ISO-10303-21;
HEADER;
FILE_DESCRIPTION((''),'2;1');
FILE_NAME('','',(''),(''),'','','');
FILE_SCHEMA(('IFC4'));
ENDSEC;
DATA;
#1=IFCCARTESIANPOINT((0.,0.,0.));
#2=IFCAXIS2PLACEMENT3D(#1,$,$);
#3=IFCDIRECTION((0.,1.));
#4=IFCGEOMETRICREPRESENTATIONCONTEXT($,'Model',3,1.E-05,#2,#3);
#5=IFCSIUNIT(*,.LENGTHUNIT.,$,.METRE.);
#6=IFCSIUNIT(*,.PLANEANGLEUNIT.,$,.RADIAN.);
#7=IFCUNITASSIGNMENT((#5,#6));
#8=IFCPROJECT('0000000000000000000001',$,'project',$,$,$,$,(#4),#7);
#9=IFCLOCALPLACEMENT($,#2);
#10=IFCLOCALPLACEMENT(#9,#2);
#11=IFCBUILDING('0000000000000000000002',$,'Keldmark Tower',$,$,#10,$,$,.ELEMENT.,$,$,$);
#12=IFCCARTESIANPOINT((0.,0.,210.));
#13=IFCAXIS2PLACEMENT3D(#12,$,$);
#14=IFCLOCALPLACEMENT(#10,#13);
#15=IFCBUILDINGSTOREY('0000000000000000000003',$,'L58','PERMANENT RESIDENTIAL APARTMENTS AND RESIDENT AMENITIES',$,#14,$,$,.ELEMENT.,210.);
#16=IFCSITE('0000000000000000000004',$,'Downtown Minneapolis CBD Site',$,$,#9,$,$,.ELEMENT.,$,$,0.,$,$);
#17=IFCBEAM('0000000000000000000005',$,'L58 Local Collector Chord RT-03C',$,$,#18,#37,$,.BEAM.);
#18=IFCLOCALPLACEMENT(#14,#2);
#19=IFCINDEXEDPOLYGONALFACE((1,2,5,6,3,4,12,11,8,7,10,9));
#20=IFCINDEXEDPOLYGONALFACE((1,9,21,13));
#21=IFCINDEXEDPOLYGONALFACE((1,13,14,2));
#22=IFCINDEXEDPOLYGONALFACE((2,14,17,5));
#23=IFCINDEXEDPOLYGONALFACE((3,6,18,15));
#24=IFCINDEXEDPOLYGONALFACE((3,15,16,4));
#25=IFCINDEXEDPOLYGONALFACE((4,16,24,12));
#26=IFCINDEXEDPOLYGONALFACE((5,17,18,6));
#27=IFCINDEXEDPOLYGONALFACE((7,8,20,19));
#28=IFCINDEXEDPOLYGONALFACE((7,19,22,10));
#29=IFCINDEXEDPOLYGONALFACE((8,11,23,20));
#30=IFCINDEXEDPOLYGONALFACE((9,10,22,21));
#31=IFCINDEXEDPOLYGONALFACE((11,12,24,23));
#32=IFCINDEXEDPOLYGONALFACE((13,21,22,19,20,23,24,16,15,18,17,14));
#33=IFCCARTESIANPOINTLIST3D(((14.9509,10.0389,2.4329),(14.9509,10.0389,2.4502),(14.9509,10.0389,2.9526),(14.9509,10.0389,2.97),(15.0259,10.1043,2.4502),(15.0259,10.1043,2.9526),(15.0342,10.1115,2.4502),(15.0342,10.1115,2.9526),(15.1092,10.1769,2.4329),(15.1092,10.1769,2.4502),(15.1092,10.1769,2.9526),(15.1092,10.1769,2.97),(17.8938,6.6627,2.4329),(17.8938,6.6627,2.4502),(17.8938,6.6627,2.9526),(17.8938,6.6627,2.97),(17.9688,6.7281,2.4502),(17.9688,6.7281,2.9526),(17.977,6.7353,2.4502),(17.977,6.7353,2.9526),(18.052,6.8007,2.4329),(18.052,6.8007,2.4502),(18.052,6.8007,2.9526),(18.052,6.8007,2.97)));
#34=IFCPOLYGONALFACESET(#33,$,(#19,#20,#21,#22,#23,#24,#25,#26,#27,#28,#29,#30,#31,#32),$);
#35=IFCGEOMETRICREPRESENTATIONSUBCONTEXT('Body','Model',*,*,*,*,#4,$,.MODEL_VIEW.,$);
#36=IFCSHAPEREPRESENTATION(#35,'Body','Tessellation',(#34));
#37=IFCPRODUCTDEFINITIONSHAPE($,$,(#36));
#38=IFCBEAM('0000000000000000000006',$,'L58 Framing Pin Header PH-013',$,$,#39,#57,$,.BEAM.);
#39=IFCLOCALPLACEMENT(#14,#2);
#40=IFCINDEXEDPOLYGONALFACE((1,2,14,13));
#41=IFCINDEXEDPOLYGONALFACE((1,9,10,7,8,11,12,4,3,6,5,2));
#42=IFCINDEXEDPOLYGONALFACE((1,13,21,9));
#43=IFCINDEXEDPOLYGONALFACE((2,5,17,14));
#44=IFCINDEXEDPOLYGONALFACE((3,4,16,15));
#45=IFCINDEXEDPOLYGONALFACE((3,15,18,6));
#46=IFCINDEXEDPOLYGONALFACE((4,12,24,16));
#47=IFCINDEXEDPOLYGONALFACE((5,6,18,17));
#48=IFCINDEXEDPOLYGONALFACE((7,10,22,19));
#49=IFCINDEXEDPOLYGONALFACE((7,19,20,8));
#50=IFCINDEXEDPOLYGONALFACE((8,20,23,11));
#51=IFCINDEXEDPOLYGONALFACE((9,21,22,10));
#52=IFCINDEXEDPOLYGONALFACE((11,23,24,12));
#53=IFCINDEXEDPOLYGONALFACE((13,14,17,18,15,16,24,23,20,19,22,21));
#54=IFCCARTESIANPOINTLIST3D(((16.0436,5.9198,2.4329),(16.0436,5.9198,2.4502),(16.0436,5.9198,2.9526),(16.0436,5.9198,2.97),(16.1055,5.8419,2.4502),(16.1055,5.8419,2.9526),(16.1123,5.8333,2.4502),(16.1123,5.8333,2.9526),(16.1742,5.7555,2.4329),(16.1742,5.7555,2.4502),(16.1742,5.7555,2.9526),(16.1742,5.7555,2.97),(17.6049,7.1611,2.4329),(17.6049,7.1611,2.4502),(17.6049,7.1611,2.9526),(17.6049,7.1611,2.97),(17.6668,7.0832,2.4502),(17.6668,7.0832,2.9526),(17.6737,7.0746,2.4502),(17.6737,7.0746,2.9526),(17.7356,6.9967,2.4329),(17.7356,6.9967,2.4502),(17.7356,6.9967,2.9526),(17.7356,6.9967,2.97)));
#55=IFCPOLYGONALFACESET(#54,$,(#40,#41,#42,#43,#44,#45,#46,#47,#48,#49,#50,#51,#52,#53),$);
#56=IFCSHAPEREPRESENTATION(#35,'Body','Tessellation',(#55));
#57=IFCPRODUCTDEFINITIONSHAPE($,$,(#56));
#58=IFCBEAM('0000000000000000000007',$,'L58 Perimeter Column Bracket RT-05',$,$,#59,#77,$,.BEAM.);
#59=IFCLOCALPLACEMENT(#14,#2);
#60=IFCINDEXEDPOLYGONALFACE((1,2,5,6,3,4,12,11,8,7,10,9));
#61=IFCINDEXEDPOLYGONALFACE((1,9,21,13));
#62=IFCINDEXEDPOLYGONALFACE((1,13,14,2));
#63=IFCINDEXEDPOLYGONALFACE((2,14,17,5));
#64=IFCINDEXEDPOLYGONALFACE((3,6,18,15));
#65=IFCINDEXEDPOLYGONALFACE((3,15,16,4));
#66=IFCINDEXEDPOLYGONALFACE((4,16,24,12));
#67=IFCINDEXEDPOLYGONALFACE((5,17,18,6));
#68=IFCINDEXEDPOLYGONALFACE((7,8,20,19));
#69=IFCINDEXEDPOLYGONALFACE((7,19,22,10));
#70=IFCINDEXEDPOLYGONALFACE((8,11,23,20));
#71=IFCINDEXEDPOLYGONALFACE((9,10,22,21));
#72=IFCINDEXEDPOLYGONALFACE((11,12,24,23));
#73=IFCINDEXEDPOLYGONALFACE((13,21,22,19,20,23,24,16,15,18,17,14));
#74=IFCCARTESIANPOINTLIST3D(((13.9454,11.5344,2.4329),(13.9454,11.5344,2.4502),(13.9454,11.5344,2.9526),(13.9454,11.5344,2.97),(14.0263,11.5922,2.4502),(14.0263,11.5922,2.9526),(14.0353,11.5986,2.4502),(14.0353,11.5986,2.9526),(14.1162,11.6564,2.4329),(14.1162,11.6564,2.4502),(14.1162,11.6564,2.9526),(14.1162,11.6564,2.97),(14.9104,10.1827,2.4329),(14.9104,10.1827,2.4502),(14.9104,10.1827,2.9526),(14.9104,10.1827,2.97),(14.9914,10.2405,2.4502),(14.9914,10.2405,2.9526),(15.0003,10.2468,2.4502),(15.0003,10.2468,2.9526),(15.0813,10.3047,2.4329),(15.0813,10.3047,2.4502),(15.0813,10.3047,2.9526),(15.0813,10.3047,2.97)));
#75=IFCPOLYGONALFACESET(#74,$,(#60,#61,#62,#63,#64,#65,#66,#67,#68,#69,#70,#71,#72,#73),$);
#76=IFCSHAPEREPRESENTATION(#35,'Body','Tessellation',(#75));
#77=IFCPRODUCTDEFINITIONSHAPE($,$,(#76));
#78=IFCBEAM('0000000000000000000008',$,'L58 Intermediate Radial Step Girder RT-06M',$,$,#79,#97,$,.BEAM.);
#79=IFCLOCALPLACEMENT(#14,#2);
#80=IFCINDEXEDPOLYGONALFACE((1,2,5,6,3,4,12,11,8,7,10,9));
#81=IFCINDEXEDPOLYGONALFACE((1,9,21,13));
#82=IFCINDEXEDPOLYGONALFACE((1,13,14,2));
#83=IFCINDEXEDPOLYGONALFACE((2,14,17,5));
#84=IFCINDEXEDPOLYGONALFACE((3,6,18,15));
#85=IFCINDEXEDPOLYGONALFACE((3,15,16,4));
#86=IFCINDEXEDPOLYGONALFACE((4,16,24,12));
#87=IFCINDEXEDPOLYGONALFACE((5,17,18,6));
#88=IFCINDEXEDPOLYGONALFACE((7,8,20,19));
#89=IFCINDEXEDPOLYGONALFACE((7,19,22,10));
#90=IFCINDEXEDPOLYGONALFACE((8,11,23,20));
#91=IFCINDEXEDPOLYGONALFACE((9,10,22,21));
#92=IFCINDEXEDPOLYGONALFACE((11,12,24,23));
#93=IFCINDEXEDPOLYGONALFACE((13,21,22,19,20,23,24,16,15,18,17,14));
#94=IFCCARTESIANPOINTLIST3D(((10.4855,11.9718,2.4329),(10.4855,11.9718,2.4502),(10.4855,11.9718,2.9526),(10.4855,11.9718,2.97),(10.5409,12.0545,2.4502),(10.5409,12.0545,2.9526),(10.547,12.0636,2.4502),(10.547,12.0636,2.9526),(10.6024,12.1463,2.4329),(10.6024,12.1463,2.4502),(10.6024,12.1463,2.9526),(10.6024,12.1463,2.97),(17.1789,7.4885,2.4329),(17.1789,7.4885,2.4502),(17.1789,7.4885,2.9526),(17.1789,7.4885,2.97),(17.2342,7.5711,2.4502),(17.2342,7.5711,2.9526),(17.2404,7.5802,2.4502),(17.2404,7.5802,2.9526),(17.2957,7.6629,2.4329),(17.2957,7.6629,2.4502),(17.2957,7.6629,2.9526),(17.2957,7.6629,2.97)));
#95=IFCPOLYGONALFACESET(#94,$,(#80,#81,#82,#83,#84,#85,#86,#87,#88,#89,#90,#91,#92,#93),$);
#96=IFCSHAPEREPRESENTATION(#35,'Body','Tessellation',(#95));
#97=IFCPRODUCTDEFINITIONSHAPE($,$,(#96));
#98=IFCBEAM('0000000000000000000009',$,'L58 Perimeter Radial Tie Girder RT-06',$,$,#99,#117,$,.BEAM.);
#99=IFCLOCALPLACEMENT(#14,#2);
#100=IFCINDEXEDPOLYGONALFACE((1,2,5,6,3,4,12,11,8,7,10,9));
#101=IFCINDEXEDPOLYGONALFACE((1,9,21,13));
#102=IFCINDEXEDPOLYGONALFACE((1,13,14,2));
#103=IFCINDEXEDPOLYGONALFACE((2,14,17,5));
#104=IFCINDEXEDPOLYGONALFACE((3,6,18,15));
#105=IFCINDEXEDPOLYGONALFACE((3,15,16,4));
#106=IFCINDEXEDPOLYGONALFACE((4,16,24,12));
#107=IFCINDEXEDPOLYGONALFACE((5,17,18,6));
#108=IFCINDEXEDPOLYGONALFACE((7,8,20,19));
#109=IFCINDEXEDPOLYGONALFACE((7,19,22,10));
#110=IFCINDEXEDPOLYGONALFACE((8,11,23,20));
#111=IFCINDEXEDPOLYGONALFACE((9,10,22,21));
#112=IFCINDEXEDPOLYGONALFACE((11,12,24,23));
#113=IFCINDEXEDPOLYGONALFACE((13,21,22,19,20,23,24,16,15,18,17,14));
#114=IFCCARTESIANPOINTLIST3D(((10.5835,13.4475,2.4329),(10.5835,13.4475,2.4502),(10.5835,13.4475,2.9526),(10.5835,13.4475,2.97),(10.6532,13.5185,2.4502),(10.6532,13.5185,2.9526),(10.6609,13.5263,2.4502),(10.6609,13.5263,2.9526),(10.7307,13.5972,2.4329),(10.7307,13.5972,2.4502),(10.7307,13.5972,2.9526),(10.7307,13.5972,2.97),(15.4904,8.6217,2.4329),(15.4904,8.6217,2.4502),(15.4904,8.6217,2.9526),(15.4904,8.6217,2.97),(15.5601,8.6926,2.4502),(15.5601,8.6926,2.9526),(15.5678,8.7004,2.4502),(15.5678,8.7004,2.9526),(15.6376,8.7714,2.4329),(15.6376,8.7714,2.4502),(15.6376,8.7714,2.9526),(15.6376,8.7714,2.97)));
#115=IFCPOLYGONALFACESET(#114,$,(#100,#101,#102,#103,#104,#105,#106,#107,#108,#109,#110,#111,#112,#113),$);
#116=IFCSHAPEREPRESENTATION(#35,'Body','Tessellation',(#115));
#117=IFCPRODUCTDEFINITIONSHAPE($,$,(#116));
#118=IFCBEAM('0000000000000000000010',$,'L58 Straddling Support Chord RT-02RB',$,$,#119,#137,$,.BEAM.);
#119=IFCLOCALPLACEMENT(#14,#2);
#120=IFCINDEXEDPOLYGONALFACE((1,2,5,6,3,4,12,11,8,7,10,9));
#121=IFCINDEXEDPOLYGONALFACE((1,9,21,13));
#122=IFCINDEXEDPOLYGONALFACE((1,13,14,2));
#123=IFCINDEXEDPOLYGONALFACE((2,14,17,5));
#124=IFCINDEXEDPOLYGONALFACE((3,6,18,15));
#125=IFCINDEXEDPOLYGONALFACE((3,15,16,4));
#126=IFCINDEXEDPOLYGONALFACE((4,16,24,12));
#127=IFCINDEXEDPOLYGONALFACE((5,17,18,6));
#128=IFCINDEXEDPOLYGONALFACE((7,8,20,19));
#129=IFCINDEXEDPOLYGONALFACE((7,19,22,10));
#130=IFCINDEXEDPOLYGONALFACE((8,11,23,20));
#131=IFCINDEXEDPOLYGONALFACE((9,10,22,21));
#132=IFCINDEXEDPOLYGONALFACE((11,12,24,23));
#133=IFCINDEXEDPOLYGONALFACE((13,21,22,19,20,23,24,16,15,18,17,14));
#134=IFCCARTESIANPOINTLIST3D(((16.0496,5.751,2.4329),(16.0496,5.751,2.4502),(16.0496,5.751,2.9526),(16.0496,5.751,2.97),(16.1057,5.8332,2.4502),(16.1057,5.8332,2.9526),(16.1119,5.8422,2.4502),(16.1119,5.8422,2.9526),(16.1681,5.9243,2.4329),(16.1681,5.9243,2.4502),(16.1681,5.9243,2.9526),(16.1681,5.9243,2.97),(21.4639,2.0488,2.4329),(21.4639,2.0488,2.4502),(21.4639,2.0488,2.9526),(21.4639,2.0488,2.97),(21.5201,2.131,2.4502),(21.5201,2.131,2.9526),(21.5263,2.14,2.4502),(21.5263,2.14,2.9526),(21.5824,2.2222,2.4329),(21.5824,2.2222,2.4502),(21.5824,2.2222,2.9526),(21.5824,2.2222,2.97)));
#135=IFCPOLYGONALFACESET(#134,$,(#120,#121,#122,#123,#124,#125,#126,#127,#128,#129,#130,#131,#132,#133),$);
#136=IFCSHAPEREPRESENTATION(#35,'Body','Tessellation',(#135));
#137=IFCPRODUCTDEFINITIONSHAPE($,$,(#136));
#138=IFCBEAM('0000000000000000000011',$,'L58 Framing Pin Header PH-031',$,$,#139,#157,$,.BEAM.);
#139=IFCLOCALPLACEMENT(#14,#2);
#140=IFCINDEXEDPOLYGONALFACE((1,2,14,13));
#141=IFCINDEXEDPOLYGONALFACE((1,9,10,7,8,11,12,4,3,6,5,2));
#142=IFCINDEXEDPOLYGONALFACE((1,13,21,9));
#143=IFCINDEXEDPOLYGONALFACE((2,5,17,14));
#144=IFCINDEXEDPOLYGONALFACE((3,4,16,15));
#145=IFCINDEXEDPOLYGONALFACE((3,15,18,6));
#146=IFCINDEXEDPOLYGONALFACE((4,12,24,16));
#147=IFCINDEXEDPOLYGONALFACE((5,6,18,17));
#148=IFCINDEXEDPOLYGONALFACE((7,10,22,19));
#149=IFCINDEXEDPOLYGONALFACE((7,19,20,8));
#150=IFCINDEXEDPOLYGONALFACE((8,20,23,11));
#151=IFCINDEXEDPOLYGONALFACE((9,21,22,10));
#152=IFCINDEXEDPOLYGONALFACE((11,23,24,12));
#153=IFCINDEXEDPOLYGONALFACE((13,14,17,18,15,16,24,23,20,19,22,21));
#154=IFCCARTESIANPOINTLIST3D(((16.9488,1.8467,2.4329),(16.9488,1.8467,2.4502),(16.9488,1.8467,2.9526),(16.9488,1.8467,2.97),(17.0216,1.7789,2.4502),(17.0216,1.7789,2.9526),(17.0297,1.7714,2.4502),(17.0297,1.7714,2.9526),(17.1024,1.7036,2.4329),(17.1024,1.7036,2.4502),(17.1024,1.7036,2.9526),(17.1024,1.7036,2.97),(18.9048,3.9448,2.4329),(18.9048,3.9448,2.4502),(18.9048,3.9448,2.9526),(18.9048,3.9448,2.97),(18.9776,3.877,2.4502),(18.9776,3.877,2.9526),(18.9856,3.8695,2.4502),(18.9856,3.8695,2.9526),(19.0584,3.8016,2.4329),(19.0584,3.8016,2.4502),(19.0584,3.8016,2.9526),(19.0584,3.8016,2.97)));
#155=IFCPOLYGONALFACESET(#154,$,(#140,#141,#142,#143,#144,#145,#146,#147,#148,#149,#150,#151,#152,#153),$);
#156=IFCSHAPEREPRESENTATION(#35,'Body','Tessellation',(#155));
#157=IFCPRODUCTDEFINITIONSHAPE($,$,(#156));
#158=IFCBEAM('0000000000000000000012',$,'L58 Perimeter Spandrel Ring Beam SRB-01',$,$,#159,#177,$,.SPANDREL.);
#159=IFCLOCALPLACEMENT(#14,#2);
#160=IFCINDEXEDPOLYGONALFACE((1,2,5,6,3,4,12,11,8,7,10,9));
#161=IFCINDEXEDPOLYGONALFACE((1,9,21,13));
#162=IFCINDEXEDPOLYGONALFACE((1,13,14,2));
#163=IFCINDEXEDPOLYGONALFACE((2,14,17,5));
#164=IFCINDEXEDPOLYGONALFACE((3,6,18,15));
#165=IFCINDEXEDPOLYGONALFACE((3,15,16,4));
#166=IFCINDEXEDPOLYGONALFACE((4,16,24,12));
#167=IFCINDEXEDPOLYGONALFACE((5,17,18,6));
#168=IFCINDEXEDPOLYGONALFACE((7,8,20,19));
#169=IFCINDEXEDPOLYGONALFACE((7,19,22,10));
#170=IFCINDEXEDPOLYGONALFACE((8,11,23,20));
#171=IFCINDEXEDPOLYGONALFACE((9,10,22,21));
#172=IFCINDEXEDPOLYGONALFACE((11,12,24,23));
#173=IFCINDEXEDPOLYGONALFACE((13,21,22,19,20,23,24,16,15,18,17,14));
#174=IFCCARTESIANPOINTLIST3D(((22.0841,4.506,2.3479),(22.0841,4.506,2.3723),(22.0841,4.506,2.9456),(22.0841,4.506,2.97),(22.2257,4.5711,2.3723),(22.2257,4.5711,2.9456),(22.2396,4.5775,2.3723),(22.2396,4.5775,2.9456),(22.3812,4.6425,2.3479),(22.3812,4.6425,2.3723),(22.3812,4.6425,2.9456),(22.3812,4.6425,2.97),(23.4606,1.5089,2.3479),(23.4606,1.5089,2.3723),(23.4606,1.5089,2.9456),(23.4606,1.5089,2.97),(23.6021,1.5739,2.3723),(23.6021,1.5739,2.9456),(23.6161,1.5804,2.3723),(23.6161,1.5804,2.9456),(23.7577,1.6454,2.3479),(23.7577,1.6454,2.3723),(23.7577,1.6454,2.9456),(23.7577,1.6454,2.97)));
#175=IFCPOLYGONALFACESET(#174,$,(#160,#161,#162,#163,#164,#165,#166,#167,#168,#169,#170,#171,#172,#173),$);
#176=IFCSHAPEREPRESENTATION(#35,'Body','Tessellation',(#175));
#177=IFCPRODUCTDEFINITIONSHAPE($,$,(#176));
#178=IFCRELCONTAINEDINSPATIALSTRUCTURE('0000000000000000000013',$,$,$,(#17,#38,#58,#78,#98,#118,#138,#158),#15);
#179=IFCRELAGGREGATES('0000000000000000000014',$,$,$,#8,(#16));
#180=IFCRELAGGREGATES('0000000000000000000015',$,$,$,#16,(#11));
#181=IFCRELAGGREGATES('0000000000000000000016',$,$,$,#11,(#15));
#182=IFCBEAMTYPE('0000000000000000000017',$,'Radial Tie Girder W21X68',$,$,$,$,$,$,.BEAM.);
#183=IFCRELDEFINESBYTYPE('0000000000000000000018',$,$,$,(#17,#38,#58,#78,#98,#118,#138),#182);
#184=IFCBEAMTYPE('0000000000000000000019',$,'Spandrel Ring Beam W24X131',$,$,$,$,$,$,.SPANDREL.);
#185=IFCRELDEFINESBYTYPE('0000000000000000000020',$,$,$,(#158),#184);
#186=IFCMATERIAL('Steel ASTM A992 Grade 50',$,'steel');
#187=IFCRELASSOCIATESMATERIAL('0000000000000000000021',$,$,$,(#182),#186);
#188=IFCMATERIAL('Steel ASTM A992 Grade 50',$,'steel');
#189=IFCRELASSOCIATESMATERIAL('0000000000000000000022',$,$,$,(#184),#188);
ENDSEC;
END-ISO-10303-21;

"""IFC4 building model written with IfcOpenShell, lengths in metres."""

from ifc_helpers import new_model, si_unit, direction, frame, origin, origin_2d, place, context, subcontext, project, spatial, i_section, extrude, material, material_profile, profile_set, type_object, element, save


model = new_model("IFC4")

# Units and contexts
model_context = context("Model", 3, precision=1e-05, world=origin(), true_north=direction((0.0, 1.0)))
body_context = subcontext(model_context, "Body", "Model", "MODEL_VIEW")
ifc_project = project(units=[si_unit("LENGTHUNIT", "METRE"), si_unit("PLANEANGLEUNIT", "RADIAN")], contexts=[model_context])

# Site, building, storey
site_placement = place(None, origin())
site = spatial("IfcSite", under=ifc_project, at=site_placement, Name="Downtown Minneapolis CBD Site", CompositionType="ELEMENT", RefElevation=0.0)
building_placement = place(site_placement, origin())
building = spatial("IfcBuilding", under=site, at=building_placement, Name="Keldmark Tower", CompositionType="ELEMENT")
storey_placement = place(building_placement, frame((0.0, 0.0, 210.0)))
storey = spatial("IfcBuildingStorey", under=building, at=storey_placement, Name="L58", Description="PERMANENT RESIDENTIAL APARTMENTS AND RESIDENT AMENITIES", CompositionType="ELEMENT", Elevation=210.0)

# Beams
ifc_material_1 = material(Name="Steel ASTM A992 Grade 50", Category="steel")
ifc_material_profile_1 = material_profile(ifc_material_1, i_section(OverallWidth=0.21, OverallDepth=0.5371, WebThickness=0.011, FlangeThickness=0.0173, at=origin_2d()), Name="W21X68")
ifc_profile_set_1 = profile_set([ifc_material_profile_1], Name="Steel ASTM A992 Grade 50")
beam_type_1 = type_object("IfcBeamType", Name="Radial Tie Girder W21X68", PredefinedType="BEAM", material=ifc_profile_set_1)
beam_1_placement = place(storey_placement, frame((15.03, 10.1079, 2.7014), z_axis=(0.657072, -0.753828, 0.0), x_axis=(0.753828, 0.657072, 0.0)))
element("IfcBeam", 1, at=beam_1_placement, inside=storey, type_object=beam_type_1, Name="L58 Local Collector Chord RT-03C", PredefinedType="BEAM", context=body_context, shape_type="SweptSolid", body=[
    extrude(i_section(OverallWidth=0.21, OverallDepth=0.5371, WebThickness=0.011, FlangeThickness=0.0173, at=origin_2d()), origin(), (0.0, 0.0, 1.0), 4.4788),
])
beam_2_placement = place(storey_placement, frame((16.1089, 5.8376, 2.7014), z_axis=(0.782776, 0.622304, 0.0), x_axis=(-0.622304, 0.782776, 0.0)))
element("IfcBeam", 2, at=beam_2_placement, inside=storey, type_object=beam_type_1, Name="L58 Framing Pin Header PH-013", PredefinedType="BEAM", context=body_context, shape_type="SweptSolid", body=[
    extrude(i_section(OverallWidth=0.21, OverallDepth=0.5371, WebThickness=0.011, FlangeThickness=0.0173, at=origin_2d()), origin(), (0.0, 0.0, 1.0), 1.9946),
])
beam_3_placement = place(storey_placement, frame((14.9958, 10.2437, 2.7014), z_axis=(-0.581044, 0.813872, 0.0), x_axis=(-0.813872, -0.581044, 0.0)))
element("IfcBeam", 3, at=beam_3_placement, inside=storey, type_object=beam_type_1, Name="L58 Perimeter Column Bracket RT-05", PredefinedType="BEAM", context=body_context, shape_type="SweptSolid", body=[
    extrude(i_section(OverallWidth=0.21, OverallDepth=0.5371, WebThickness=0.011, FlangeThickness=0.0173, at=origin_2d()), origin(), (0.0, 0.0, 1.0), 1.6609),
])
beam_4_placement = place(storey_placement, frame((17.2373, 7.5757, 2.7014), z_axis=(-0.830836, 0.556517, 0.0), x_axis=(-0.556517, -0.830836, 0.0)))
element("IfcBeam", 4, at=beam_4_placement, inside=storey, type_object=beam_type_1, Name="L58 Intermediate Radial Step Girder RT-06M", PredefinedType="BEAM", context=body_context, shape_type="SweptSolid", body=[
    extrude(i_section(OverallWidth=0.21, OverallDepth=0.5371, WebThickness=0.011, FlangeThickness=0.0173, at=origin_2d()), origin(), (0.0, 0.0, 1.0), 8.0562),
])
beam_5_placement = place(storey_placement, frame((15.564, 8.6965, 2.7014), z_axis=(-0.712971, 0.701194, 0.0), x_axis=(-0.701194, -0.712971, 0.0)))
element("IfcBeam", 5, at=beam_5_placement, inside=storey, type_object=beam_type_1, Name="L58 Perimeter Radial Tie Girder RT-06", PredefinedType="BEAM", context=body_context, shape_type="SweptSolid", body=[
    extrude(i_section(OverallWidth=0.21, OverallDepth=0.5371, WebThickness=0.011, FlangeThickness=0.0173, at=origin_2d()), origin(), (0.0, 0.0, 1.0), 6.8823),
])
beam_6_placement = place(storey_placement, frame((21.5232, 2.1355, 2.7014), z_axis=(-0.825476, 0.564437, 0.0), x_axis=(-0.564437, -0.825476, 0.0)))
element("IfcBeam", 6, at=beam_6_placement, inside=storey, type_object=beam_type_1, Name="L58 Straddling Support Chord RT-02RB", PredefinedType="BEAM", context=body_context, shape_type="SweptSolid", body=[
    extrude(i_section(OverallWidth=0.21, OverallDepth=0.5371, WebThickness=0.011, FlangeThickness=0.0173, at=origin_2d()), origin(), (0.0, 0.0, 1.0), 6.5591),
])
beam_7_placement = place(storey_placement, frame((17.0256, 1.7751, 2.7014), z_axis=(0.681906, 0.73144, 0.0), x_axis=(-0.73144, 0.681906, 0.0)))
element("IfcBeam", 7, at=beam_7_placement, inside=storey, type_object=beam_type_1, Name="L58 Framing Pin Header PH-031", PredefinedType="BEAM", context=body_context, shape_type="SweptSolid", body=[
    extrude(i_section(OverallWidth=0.21, OverallDepth=0.5371, WebThickness=0.011, FlangeThickness=0.0173, at=origin_2d()), origin(), (0.0, 0.0, 1.0), 2.8684),
])
ifc_material_2 = material(Name="Steel ASTM A992 Grade 50", Category="steel")
ifc_material_profile_2 = material_profile(ifc_material_2, i_section(OverallWidth=0.3269, OverallDepth=0.6221, WebThickness=0.0154, FlangeThickness=0.0244, at=origin_2d()), Name="W24X131")
ifc_profile_set_2 = profile_set([ifc_material_profile_2], Name="Steel ASTM A992 Grade 50")
beam_type_2 = type_object("IfcBeamType", Name="Spandrel Ring Beam W24X131", PredefinedType="SPANDREL", material=ifc_profile_set_2)
beam_8_placement = place(storey_placement, frame((23.6091, 1.5771, 2.6589), z_axis=(-0.417358, 0.908742, 0.0), x_axis=(-0.908742, -0.417358, 0.0)))
element("IfcBeam", 8, at=beam_8_placement, inside=storey, type_object=beam_type_2, Name="L58 Perimeter Spandrel Ring Beam SRB-01", PredefinedType="SPANDREL", context=body_context, shape_type="SweptSolid", body=[
    extrude(i_section(OverallWidth=0.3269, OverallDepth=0.6221, WebThickness=0.0154, FlangeThickness=0.0244, at=origin_2d()), origin(), (0.0, 0.0, 1.0), 3.2981),
])

save(model, "model.ifc")
